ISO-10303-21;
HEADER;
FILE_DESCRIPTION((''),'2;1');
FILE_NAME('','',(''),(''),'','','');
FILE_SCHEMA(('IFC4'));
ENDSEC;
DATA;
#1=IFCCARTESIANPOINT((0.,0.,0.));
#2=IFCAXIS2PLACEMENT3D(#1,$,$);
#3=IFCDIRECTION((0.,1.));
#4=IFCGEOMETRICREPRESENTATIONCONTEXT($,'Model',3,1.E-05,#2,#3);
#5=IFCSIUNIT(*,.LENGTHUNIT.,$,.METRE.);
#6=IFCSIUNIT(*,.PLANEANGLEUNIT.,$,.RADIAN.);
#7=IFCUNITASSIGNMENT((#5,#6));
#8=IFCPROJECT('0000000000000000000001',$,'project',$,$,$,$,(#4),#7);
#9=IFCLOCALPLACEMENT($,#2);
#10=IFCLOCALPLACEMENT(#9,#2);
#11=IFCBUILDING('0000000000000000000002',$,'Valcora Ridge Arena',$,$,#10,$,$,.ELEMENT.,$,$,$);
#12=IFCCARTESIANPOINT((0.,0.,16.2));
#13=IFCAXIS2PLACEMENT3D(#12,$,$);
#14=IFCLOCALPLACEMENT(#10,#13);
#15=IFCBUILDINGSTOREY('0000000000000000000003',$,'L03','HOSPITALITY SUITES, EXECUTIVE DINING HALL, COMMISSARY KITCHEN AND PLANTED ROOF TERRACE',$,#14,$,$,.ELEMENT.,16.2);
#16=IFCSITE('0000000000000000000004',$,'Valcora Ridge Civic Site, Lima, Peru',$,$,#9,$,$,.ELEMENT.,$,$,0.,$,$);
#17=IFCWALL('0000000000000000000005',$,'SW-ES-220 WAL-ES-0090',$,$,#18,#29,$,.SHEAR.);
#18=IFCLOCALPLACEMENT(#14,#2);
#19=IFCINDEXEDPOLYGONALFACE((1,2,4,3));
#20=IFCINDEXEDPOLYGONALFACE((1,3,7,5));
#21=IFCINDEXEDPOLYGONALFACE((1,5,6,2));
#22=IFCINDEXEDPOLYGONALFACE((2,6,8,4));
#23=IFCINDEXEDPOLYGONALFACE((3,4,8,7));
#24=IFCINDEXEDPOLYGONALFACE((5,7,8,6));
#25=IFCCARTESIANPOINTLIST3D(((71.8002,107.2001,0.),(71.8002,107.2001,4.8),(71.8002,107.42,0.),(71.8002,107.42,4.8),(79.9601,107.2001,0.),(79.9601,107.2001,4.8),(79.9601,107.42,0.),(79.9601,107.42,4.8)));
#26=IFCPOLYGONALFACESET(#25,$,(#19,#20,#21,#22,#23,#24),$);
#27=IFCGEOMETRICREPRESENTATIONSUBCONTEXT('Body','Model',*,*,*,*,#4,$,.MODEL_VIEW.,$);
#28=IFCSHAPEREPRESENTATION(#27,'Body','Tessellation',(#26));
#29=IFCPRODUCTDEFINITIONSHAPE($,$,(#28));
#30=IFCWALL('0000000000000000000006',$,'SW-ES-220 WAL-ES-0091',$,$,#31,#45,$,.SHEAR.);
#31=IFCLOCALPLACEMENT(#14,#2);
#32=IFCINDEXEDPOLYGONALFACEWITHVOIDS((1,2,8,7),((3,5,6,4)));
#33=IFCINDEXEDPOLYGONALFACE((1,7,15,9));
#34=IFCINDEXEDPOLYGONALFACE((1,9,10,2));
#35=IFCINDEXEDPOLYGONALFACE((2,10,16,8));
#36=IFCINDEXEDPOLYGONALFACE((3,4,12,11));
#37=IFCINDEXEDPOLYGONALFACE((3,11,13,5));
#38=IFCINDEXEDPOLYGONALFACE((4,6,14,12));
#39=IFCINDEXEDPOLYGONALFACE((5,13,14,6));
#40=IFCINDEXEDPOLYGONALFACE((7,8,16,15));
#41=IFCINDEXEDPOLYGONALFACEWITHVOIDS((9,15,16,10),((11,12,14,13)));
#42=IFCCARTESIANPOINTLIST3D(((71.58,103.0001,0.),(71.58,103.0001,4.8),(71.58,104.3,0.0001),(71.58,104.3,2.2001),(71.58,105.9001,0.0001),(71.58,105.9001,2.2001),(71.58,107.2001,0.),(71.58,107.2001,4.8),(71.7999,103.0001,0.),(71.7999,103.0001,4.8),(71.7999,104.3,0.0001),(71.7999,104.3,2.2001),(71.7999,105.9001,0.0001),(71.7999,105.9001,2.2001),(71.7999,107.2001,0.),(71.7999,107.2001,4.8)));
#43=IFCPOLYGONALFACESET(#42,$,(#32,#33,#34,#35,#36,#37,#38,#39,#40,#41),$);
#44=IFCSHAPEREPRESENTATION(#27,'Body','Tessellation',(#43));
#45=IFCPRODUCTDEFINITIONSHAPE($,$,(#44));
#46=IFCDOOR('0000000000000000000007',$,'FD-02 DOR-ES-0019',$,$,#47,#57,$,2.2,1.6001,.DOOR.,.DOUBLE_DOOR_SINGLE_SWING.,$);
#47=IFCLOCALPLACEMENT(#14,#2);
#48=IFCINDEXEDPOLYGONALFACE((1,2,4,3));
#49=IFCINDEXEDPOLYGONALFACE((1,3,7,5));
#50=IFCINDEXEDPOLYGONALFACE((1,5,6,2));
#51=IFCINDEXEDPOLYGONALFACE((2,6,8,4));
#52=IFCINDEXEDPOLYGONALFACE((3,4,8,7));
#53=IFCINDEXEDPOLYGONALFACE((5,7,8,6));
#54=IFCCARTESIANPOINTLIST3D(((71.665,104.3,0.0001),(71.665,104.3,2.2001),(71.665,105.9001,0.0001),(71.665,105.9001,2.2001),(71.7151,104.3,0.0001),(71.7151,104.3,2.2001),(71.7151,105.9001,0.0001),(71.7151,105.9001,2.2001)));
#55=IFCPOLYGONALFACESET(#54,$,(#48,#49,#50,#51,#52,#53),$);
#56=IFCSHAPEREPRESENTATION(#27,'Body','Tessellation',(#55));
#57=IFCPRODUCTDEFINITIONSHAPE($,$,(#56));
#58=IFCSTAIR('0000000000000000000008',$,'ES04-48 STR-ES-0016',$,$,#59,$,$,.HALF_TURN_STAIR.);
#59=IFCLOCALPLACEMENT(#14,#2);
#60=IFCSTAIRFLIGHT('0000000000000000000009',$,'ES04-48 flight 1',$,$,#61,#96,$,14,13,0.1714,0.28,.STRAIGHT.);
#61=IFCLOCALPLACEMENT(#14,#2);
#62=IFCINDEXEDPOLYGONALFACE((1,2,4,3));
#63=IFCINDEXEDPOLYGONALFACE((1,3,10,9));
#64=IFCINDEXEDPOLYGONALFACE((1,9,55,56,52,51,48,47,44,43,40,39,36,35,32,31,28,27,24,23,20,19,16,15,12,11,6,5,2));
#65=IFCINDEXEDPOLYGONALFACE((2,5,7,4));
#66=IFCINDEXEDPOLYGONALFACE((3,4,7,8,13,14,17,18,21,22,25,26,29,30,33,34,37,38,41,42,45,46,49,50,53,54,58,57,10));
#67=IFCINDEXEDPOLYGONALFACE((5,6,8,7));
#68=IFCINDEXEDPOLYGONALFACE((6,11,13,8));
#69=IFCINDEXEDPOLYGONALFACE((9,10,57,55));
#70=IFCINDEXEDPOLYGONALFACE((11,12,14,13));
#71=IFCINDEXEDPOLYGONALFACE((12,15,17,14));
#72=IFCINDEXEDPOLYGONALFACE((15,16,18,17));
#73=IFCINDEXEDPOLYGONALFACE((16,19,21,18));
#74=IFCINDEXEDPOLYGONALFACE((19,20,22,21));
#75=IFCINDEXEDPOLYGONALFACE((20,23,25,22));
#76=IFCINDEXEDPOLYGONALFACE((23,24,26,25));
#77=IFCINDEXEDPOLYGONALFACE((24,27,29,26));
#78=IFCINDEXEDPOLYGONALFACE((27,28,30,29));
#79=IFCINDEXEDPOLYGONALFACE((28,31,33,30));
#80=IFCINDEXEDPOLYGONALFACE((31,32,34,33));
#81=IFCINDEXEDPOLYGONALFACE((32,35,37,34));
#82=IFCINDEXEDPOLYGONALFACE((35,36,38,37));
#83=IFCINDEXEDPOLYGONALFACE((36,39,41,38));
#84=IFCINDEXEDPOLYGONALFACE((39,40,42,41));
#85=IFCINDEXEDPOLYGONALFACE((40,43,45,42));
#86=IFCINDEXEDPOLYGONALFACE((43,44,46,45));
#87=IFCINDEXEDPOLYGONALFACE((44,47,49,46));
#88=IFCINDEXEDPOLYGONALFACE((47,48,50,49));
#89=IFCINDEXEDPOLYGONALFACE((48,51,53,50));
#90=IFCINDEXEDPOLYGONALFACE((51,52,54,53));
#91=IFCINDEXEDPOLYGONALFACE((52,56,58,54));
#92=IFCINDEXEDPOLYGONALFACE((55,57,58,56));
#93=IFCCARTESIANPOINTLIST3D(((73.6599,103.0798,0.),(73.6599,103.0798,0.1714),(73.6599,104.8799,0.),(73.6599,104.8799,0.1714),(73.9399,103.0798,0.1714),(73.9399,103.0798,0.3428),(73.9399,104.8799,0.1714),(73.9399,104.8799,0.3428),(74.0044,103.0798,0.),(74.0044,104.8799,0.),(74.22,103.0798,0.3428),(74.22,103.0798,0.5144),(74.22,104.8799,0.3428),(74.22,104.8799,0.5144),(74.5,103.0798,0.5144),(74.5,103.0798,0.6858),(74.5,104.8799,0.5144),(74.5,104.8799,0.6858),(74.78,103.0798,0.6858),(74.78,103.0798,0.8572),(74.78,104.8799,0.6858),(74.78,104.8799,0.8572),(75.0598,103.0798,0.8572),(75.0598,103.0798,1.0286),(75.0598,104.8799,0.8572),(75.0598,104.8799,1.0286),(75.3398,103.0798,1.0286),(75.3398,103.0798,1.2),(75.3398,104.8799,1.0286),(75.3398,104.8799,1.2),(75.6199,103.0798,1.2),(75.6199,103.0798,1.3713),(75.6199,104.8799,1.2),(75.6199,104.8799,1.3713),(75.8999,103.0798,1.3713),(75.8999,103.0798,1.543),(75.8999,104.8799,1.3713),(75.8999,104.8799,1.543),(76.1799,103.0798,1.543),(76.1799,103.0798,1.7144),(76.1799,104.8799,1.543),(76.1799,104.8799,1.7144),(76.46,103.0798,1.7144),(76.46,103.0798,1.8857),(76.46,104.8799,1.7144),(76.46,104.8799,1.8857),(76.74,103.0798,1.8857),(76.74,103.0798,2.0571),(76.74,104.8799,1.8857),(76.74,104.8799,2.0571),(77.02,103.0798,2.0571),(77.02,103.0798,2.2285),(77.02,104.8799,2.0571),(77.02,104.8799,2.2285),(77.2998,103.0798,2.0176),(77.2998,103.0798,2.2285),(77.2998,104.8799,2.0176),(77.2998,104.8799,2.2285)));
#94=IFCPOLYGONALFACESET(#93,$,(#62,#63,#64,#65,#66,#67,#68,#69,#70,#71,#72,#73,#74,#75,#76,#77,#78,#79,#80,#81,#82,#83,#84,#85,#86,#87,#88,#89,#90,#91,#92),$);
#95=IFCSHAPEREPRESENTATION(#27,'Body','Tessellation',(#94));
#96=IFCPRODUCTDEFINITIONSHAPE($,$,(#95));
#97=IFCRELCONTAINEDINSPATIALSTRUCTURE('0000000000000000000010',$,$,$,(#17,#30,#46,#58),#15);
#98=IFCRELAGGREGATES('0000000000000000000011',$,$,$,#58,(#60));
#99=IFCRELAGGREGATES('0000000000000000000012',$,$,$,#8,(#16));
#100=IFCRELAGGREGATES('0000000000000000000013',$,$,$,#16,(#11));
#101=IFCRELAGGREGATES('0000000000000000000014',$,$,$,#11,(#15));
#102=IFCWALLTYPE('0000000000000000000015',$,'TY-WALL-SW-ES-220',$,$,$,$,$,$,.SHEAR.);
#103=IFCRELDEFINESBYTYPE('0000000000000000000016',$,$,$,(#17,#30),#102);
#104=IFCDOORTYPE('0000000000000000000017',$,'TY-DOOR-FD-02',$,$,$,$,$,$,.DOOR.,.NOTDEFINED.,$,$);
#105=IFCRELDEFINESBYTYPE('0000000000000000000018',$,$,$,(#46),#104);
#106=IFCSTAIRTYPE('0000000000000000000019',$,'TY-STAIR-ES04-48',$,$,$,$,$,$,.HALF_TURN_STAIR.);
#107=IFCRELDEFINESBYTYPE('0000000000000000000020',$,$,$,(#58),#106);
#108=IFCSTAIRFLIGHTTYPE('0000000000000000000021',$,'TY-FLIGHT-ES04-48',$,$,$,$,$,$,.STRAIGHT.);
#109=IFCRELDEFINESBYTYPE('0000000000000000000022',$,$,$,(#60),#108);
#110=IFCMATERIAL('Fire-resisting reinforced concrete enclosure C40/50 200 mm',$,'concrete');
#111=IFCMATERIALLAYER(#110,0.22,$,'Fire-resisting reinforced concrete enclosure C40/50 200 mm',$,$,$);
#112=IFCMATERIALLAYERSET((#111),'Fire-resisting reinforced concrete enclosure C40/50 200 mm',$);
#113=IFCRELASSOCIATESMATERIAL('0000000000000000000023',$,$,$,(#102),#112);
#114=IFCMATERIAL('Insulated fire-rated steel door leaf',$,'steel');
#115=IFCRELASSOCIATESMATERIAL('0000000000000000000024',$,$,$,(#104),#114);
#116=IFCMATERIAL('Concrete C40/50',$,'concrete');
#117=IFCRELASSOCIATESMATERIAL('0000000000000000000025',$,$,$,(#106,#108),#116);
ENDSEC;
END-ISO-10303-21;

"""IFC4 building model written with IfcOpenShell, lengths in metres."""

from ifc_helpers import new_model, si_unit, direction, frame, frame_2d, origin, place, context, subcontext, project, spatial, polyline, rectangle, outline, extrude, material, layer, layer_set, type_object, element, fill, aggregate, save


model = new_model("IFC4")

# Units and contexts
model_context = context("Model", 3, precision=1e-05, world=origin(), true_north=direction((0.0, 1.0)))
body_context = subcontext(model_context, "Body", "Model", "MODEL_VIEW")
ifc_project = project(units=[si_unit("LENGTHUNIT", "METRE"), si_unit("PLANEANGLEUNIT", "RADIAN")], contexts=[model_context])

# Site, building, storey
site_placement = place(None, origin())
site = spatial("IfcSite", under=ifc_project, at=site_placement, Name="Valcora Ridge Civic Site, Lima, Peru", CompositionType="ELEMENT", RefElevation=0.0)
building_placement = place(site_placement, origin())
building = spatial("IfcBuilding", under=site, at=building_placement, Name="Valcora Ridge Arena", CompositionType="ELEMENT")
storey_placement = place(building_placement, frame((0.0, 0.0, 16.2)))
storey = spatial("IfcBuildingStorey", under=building, at=storey_placement, Name="L03", Description="HOSPITALITY SUITES, EXECUTIVE DINING HALL, COMMISSARY KITCHEN AND PLANTED ROOF TERRACE", CompositionType="ELEMENT", Elevation=16.2)

# Shared definitions
ifc_material_1 = material(Name="Concrete C40/50", Category="concrete")

# Shared definitions
ifc_material_2 = material(Name="Fire-resisting reinforced concrete enclosure C40/50 200 mm", Category="concrete")
ifc_layer_1 = layer(ifc_material_2, 0.22, Name="Fire-resisting reinforced concrete enclosure C40/50 200 mm")
ifc_layer_set_1 = layer_set([ifc_layer_1], Name="Fire-resisting reinforced concrete enclosure C40/50 200 mm")
wall_type_1 = type_object("IfcWallType", Name="TY-WALL-SW-ES-220", PredefinedType="SHEAR", material=ifc_layer_set_1)
ifc_material_3 = material(Name="Insulated fire-rated steel door leaf", Category="steel")
door_type_1 = type_object("IfcDoorType", Name="TY-DOOR-FD-02", OperationType="NOTDEFINED", PredefinedType="DOOR", material=ifc_material_3)

# Wall
for number, where, z_axis, x_axis, name in (
    (1, (71.8, 107.3101, 0.0), (0.0, 0.0, 1.0), (1.0, 0.0, 0.0), "SW-ES-220 WAL-ES-0090"),
):
    element("IfcWall", number, at=place(storey_placement, frame(where, z_axis=z_axis, x_axis=x_axis)), inside=storey, type_object=wall_type_1, Name=name, PredefinedType="SHEAR", context=body_context, shape_type="SweptSolid", body=[
        extrude(rectangle(XDim=8.1599, YDim=0.22, at=frame_2d((4.0801, 0.0))), origin(), (0.0, 0.0, 1.0), 4.8),
    ])

# Wall, opening, door
wall_1_placement = place(storey_placement, frame((71.6899, 103.0, 0.0), z_axis=(0.0, 0.0, 1.0), x_axis=(0.0, 1.0, 0.0)))
wall_1 = element("IfcWall", 2, at=wall_1_placement, inside=storey, type_object=wall_type_1, Name="SW-ES-220 WAL-ES-0091", PredefinedType="SHEAR", context=body_context, shape_type="SweptSolid", body=[
    extrude(rectangle(XDim=4.2, YDim=0.22, at=frame_2d((2.1001, 0.0))), origin(), (0.0, 0.0, 1.0), 4.8),
])
opening_1_placement = place(wall_1_placement, frame((1.3, 0.0, 0.0)))
opening_1 = element("IfcOpeningElement", 3, at=opening_1_placement, cuts=wall_1, PredefinedType="OPENING", context=body_context, shape_type="SweptSolid", body=[
    extrude(rectangle(XDim=1.6001, YDim=2.2, at=frame_2d((0.8, 1.1001))), frame((0.0, 0.1199, 0.0), z_axis=(0.0, -1.0, 0.0), x_axis=(1.0, 0.0, 0.0)), (0.0, 0.0, 1.0), 0.24),
])
door_1_placement = place(opening_1_placement, origin())
door_1 = element("IfcDoor", 4, at=door_1_placement, inside=storey, type_object=door_type_1, Name="FD-02 DOR-ES-0019", OperationType="DOUBLE_DOOR_SINGLE_SWING", OverallHeight=2.2, OverallWidth=1.6001, PredefinedType="DOOR", context=body_context, shape_type="SweptSolid", body=[
    extrude(rectangle(XDim=1.6001, YDim=2.2, at=frame_2d((0.8, 1.1001))), frame((0.0, 0.0249, 0.0), z_axis=(0.0, -1.0, 0.0), x_axis=(1.0, 0.0, 0.0)), (0.0, 0.0, 1.0), 0.05),
])
fill(opening_1, door_1)

# Stair, stair flight
stair_type = type_object("IfcStairType", Name="TY-STAIR-ES04-48", PredefinedType="HALF_TURN_STAIR", material=ifc_material_1)
stair_placement = place(storey_placement, origin())
stair = element("IfcStair", 5, at=stair_placement, inside=storey, type_object=stair_type, Name="ES04-48 STR-ES-0016", PredefinedType="HALF_TURN_STAIR")
stair_flight_type = type_object("IfcStairFlightType", Name="TY-FLIGHT-ES04-48", PredefinedType="STRAIGHT", material=ifc_material_1)
stair_flight_placement = place(storey_placement, frame((73.6599, 103.98, 0.0), z_axis=(0.0, 0.0, 1.0), x_axis=(1.0, 0.0, 0.0)))
stair_flight = element("IfcStairFlight", 6, at=stair_flight_placement, type_object=stair_flight_type, Name="ES04-48 flight 1", NumberOfRisers=14, NumberOfTreads=13, PredefinedType="STRAIGHT", RiserHeight=0.1714, TreadLength=0.28, context=body_context, shape_type="SweptSolid", body=[
    extrude(outline(polyline([(0.0, 0.0), (0.0, 0.1714), (0.28, 0.1714), (0.28, 0.3428), (0.5601, 0.3428), (0.5601, 0.5144), (0.8401, 0.5144), (0.8401, 0.6858), (1.1201, 0.6858), (1.1201, 0.8572), (1.3999, 0.8572), (1.3999, 1.0286), (1.6799, 1.0286), (1.6799, 1.2), (1.96, 1.2), (1.96, 1.3713), (2.24, 1.3713), (2.24, 1.543), (2.52, 1.543), (2.52, 1.7144), (2.8, 1.7144), (2.8, 1.8857), (3.0801, 1.8857), (3.0801, 2.0571), (3.3601, 2.0571), (3.3601, 2.2285), (3.6399, 2.2285), (3.6399, 2.3999), (3.6399, 2.0176), (0.3445, 0.0), (0.0, 0.0)])), frame((0.0, 0.8999, 0.0), z_axis=(0.0, -1.0, 0.0), x_axis=(1.0, 0.0, 0.0)), (0.0, 0.0, 1.0), 1.8),
])
aggregate(stair, [stair_flight])

save(model, "model.ifc")
